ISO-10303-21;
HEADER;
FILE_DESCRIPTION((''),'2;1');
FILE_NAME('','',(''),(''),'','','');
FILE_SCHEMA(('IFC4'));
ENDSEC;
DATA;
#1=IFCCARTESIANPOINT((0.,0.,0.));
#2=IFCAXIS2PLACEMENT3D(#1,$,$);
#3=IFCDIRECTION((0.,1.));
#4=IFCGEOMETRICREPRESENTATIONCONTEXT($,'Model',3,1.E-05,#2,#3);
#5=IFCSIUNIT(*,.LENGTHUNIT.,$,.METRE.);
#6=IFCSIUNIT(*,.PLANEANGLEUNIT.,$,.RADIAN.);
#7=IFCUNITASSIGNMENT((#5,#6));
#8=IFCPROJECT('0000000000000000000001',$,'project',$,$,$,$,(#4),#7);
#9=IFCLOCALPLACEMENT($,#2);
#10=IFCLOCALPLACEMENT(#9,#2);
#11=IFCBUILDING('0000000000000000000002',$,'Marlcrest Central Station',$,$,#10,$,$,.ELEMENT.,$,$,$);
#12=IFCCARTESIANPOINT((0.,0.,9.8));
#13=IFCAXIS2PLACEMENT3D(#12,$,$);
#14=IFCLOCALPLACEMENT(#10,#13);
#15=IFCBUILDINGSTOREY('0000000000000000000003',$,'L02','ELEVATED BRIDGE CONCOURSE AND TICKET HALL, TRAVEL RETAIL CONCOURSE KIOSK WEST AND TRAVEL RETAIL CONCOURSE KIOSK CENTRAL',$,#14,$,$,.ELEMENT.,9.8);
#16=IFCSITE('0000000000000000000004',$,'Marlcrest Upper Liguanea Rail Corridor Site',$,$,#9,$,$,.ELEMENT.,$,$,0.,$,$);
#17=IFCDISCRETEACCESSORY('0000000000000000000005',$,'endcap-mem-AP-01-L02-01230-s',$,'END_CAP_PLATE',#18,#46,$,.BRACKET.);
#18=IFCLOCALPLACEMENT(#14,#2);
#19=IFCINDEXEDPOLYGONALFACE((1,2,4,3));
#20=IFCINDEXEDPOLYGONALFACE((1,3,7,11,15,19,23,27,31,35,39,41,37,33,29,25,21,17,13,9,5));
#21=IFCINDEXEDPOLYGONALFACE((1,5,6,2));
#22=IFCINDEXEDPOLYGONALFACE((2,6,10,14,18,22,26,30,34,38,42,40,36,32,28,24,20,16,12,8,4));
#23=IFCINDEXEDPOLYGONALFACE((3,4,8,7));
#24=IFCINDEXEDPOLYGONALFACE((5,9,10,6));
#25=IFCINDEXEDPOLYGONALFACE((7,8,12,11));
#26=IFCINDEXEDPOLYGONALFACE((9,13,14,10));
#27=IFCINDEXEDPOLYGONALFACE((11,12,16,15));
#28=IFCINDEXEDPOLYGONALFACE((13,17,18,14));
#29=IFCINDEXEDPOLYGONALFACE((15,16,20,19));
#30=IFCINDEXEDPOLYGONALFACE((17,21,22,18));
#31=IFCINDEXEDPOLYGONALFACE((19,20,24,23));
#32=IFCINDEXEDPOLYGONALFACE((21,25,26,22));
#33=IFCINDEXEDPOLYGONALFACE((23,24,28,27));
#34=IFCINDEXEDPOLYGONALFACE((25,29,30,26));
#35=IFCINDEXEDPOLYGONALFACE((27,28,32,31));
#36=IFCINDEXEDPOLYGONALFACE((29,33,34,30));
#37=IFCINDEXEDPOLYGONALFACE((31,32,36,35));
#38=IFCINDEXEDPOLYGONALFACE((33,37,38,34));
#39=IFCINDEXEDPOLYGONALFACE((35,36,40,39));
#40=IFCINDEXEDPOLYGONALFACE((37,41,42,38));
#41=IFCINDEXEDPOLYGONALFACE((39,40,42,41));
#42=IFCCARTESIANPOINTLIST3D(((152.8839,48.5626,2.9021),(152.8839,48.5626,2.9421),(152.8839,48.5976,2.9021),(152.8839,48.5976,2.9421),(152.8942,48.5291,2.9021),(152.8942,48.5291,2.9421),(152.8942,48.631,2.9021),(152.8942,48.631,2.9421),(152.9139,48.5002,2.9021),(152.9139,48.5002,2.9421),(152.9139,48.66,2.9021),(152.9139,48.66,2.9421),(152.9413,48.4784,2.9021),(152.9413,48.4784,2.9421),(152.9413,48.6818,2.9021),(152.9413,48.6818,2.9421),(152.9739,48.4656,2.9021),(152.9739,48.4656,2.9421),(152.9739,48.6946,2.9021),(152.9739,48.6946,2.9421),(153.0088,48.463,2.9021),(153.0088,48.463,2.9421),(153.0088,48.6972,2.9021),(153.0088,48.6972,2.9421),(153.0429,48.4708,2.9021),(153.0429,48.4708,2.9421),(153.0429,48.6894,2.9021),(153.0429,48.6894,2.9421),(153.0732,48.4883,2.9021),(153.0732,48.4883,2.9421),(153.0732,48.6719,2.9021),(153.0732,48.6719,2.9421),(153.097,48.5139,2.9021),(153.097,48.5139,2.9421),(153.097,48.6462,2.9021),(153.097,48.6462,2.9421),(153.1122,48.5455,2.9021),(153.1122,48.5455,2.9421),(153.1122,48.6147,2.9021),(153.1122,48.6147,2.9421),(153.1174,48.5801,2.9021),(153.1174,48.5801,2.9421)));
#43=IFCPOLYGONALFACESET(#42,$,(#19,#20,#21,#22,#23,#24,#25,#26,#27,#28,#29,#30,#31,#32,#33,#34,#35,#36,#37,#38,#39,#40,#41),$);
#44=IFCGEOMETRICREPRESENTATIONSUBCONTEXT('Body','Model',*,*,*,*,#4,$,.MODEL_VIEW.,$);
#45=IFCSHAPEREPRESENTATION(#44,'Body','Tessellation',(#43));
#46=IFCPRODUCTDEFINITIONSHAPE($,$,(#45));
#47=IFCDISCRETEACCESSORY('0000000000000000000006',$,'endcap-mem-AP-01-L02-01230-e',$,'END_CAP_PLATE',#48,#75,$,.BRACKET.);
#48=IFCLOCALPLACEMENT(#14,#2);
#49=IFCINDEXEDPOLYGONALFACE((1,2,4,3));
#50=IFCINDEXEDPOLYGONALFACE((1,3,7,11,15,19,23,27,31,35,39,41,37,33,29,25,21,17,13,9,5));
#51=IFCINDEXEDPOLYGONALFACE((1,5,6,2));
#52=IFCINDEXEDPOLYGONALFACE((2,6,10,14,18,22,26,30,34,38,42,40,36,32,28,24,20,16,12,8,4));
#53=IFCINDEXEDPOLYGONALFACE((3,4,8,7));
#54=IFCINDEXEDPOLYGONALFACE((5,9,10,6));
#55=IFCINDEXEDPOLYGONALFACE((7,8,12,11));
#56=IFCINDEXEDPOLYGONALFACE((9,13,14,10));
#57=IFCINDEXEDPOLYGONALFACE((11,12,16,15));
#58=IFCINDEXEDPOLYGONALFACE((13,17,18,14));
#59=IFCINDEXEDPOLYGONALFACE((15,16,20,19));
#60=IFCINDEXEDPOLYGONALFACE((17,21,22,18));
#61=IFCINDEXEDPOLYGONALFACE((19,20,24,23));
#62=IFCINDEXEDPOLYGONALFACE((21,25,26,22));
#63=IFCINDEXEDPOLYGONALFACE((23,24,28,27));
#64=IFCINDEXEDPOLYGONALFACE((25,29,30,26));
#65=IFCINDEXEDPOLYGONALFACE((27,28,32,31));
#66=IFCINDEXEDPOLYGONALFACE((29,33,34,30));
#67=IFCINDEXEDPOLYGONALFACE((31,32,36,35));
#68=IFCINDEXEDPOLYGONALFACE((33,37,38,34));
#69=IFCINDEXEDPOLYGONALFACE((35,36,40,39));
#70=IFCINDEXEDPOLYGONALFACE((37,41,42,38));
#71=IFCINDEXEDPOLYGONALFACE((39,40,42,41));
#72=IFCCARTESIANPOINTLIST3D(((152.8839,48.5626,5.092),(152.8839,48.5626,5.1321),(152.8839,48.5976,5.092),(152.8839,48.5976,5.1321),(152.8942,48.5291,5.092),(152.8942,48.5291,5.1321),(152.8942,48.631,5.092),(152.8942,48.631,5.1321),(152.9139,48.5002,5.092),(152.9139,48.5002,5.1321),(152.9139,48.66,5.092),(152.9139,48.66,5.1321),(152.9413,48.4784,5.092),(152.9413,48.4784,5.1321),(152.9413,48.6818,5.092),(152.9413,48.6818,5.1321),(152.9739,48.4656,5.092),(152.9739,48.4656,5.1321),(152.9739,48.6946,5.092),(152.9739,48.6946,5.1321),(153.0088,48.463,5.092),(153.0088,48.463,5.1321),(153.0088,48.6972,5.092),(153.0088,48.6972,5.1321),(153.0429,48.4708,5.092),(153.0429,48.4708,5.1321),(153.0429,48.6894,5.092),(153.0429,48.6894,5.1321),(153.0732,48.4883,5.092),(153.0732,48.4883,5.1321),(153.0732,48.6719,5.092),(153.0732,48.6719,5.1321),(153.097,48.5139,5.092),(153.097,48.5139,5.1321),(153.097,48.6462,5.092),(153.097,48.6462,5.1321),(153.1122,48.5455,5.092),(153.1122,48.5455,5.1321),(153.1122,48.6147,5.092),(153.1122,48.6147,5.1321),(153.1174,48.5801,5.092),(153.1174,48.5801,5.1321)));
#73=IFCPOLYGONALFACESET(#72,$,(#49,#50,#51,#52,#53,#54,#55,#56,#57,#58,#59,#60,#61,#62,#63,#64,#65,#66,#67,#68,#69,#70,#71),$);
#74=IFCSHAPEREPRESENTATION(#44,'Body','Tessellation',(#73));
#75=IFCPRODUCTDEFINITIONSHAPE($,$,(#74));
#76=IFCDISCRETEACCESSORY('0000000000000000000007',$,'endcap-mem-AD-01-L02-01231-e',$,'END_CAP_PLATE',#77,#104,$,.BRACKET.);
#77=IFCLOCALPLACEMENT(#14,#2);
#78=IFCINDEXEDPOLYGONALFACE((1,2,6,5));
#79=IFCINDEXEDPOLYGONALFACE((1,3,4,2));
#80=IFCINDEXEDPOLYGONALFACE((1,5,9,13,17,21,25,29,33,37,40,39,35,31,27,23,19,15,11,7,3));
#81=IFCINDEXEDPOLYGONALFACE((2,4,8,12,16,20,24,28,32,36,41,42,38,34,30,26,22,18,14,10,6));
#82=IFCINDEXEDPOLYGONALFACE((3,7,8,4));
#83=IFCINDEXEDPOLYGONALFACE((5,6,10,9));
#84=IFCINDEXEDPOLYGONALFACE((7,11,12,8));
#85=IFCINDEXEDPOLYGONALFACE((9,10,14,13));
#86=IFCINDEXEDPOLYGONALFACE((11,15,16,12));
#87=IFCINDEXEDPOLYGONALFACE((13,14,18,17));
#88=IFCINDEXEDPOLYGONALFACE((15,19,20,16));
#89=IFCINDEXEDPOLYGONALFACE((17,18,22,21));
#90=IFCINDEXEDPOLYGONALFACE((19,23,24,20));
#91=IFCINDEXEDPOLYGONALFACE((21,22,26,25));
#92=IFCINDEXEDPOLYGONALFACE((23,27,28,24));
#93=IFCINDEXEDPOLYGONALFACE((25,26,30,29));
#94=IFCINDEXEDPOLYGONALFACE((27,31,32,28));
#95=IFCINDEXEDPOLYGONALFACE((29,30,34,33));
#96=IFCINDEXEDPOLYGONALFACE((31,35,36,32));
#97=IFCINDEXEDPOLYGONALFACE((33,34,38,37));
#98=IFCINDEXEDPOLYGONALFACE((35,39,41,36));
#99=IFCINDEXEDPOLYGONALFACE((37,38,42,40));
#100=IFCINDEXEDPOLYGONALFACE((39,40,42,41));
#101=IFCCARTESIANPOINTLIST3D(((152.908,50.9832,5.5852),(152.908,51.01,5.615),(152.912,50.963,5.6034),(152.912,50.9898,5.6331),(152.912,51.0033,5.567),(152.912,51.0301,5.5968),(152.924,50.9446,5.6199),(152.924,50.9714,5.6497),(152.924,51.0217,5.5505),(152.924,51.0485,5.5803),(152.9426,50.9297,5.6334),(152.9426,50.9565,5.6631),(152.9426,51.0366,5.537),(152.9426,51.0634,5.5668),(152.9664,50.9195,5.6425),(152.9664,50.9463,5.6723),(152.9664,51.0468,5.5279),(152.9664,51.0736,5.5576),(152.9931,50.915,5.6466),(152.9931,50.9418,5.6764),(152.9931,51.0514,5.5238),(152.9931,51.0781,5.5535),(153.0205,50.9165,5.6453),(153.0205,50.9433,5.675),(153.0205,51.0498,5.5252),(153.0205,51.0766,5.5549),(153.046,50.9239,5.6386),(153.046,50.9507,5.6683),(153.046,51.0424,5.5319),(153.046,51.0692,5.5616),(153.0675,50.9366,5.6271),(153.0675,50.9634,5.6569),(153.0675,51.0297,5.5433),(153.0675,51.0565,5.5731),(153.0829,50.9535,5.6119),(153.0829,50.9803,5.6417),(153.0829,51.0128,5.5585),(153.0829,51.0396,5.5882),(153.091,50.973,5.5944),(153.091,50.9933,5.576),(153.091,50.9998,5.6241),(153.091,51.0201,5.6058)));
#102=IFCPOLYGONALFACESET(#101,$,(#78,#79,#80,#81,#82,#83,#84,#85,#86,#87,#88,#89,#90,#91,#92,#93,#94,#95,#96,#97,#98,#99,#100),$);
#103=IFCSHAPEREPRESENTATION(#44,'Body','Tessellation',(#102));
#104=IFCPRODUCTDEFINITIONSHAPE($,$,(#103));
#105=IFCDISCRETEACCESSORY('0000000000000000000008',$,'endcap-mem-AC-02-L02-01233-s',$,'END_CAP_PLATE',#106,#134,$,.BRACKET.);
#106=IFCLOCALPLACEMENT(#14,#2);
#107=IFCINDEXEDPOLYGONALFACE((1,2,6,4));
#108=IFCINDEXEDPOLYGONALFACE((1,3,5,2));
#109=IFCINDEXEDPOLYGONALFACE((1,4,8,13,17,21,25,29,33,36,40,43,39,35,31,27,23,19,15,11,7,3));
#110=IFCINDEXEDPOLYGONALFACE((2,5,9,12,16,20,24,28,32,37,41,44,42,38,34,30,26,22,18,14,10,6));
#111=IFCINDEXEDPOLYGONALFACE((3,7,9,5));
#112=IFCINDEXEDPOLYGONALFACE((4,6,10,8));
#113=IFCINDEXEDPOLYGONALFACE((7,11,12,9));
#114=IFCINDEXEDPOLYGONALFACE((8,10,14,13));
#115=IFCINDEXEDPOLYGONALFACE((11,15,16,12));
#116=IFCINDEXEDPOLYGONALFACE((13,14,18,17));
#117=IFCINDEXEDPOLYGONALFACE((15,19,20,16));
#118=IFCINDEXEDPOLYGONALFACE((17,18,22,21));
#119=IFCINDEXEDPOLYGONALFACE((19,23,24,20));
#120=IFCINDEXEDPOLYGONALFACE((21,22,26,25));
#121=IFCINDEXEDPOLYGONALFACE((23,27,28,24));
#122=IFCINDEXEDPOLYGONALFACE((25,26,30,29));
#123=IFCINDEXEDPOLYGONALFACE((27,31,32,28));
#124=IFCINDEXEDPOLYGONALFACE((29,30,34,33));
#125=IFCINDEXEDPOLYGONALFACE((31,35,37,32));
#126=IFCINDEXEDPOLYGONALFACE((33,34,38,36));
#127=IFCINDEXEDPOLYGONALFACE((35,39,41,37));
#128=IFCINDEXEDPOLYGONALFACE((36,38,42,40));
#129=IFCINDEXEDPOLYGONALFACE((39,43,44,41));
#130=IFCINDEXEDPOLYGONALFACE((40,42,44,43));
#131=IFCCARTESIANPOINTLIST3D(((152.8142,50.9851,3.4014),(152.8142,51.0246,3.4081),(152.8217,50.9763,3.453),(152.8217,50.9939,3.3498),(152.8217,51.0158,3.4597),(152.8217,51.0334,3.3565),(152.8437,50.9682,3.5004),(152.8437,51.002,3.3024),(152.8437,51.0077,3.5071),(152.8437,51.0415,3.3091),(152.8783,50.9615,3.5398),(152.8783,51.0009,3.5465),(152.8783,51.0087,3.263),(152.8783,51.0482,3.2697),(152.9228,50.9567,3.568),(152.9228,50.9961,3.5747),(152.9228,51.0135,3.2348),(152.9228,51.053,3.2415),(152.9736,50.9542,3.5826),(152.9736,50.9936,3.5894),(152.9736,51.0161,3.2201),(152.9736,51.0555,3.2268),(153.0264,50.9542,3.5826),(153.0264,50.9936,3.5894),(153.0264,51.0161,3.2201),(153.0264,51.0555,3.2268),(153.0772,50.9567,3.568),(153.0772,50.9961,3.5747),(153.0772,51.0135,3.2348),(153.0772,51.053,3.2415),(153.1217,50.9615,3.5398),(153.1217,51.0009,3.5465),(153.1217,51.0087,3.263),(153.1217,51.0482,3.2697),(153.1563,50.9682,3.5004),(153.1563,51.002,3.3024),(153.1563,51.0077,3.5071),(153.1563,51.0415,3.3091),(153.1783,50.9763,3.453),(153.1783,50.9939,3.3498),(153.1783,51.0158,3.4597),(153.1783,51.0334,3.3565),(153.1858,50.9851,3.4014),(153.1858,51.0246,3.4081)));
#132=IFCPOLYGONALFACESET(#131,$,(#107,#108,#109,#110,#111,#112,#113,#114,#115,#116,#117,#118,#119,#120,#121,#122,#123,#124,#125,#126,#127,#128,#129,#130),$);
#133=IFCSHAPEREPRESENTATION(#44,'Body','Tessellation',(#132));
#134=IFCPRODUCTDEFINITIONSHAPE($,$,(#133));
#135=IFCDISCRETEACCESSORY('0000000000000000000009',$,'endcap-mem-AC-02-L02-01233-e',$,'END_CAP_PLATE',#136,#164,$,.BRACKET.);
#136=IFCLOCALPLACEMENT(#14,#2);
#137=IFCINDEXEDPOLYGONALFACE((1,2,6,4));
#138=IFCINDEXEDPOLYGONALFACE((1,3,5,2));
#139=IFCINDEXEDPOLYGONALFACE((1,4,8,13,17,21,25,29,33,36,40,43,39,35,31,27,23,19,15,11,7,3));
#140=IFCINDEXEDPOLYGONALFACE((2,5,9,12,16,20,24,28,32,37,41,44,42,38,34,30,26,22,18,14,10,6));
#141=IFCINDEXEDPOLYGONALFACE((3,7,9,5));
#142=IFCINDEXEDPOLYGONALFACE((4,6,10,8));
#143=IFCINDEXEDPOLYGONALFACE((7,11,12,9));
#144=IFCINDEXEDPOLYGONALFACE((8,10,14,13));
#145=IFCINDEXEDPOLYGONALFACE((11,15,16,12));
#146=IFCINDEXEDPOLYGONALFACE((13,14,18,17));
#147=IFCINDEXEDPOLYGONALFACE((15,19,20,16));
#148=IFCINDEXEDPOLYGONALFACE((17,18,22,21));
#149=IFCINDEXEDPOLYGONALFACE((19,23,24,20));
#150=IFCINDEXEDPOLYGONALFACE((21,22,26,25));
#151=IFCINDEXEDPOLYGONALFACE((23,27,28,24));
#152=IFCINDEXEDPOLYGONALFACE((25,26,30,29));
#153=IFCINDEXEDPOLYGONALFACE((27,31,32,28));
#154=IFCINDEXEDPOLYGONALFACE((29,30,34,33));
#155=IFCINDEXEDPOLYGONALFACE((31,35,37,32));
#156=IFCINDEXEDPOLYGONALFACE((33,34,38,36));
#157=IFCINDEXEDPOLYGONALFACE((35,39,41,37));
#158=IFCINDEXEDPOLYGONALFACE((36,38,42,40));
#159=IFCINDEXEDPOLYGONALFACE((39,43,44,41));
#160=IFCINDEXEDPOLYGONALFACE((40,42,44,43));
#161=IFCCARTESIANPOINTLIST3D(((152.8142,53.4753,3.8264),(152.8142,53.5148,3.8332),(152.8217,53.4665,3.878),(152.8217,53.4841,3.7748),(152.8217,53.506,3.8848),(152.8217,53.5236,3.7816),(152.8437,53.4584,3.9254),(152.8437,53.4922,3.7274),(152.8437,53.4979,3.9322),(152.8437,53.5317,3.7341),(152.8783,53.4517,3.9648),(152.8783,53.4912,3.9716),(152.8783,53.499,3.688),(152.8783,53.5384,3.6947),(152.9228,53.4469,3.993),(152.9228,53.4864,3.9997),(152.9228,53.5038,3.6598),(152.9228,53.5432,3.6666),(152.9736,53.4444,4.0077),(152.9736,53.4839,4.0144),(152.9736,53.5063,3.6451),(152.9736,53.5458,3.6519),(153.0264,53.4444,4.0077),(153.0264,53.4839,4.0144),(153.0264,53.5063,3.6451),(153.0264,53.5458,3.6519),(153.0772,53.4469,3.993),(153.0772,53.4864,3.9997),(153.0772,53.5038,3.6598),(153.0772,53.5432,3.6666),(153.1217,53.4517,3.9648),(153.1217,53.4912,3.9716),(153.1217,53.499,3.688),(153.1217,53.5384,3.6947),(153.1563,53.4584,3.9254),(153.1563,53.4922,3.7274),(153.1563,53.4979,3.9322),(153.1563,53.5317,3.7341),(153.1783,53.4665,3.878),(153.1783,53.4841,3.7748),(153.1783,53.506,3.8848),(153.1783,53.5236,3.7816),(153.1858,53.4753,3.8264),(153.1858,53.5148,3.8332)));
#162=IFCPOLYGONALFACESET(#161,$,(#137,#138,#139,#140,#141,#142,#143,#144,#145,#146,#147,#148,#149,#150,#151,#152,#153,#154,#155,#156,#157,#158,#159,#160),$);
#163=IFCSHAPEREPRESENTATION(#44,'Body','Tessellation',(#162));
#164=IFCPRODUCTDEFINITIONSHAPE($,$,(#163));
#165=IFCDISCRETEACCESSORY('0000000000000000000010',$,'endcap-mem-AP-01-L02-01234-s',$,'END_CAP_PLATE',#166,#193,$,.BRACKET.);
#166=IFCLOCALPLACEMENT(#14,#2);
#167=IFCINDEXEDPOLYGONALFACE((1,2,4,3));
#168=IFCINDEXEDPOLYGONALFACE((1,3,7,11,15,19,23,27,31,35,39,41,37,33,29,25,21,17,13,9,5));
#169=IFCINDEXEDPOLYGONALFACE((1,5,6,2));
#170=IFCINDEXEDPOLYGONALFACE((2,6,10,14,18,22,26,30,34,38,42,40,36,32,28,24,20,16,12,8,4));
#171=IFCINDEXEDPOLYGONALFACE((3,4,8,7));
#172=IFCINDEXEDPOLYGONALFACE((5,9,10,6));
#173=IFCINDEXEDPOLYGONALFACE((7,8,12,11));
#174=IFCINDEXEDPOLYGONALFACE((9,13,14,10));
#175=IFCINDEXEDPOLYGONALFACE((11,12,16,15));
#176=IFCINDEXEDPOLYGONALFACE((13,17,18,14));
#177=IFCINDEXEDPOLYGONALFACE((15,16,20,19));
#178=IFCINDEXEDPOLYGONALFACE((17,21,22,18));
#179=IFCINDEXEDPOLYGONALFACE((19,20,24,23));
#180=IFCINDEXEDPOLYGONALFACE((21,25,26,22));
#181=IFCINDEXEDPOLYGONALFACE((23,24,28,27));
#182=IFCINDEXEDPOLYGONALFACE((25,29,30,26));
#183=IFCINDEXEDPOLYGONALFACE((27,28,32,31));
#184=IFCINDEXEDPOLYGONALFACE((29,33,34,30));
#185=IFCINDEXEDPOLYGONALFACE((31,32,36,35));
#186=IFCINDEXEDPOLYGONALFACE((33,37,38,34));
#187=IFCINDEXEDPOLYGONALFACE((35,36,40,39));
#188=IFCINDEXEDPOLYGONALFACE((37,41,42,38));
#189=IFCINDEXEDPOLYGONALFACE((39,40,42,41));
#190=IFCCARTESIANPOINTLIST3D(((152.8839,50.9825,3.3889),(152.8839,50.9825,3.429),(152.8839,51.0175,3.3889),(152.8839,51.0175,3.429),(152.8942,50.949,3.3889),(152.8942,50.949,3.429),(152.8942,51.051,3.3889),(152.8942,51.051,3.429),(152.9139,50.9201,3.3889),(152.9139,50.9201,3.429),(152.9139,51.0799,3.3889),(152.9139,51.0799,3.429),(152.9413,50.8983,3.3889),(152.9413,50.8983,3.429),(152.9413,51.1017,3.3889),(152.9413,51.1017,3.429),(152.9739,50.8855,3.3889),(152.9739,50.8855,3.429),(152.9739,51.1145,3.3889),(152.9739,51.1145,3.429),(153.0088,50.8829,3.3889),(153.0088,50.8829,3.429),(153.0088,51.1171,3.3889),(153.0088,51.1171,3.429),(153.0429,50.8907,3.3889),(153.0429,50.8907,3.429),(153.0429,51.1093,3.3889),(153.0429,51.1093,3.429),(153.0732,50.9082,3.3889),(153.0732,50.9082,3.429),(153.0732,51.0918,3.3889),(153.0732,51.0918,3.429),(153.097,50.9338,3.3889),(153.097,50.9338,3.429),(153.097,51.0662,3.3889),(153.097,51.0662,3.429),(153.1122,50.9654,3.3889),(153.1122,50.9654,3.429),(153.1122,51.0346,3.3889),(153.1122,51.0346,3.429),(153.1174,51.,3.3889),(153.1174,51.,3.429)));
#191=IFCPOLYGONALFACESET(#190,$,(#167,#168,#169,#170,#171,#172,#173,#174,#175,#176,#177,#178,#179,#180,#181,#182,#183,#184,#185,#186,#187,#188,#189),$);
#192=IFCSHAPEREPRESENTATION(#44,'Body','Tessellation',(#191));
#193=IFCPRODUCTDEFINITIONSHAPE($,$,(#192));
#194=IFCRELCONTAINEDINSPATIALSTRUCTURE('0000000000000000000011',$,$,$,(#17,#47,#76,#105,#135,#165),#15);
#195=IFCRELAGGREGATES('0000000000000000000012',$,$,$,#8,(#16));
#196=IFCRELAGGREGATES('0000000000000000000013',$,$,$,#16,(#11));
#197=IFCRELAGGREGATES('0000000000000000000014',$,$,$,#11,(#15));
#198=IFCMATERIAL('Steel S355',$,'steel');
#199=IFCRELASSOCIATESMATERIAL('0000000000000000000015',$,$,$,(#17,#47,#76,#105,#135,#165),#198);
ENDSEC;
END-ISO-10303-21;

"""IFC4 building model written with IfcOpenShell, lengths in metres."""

from ifc_helpers import new_model, si_unit, direction, frame, origin, origin_2d, place, context, subcontext, project, spatial, circle, extrude, material, element, save


model = new_model("IFC4")

# Units and contexts
model_context = context("Model", 3, precision=1e-05, world=origin(), true_north=direction((0.0, 1.0)))
body_context = subcontext(model_context, "Body", "Model", "MODEL_VIEW")
ifc_project = project(units=[si_unit("LENGTHUNIT", "METRE"), si_unit("PLANEANGLEUNIT", "RADIAN")], contexts=[model_context])

# Site, building, storey
site_placement = place(None, origin())
site = spatial("IfcSite", under=ifc_project, at=site_placement, Name="Marlcrest Upper Liguanea Rail Corridor Site", CompositionType="ELEMENT", RefElevation=0.0)
building_placement = place(site_placement, origin())
building = spatial("IfcBuilding", under=site, at=building_placement, Name="Marlcrest Central Station", CompositionType="ELEMENT")
storey_placement = place(building_placement, frame((0.0, 0.0, 9.8)))
storey = spatial("IfcBuildingStorey", under=building, at=storey_placement, Name="L02", Description="ELEVATED BRIDGE CONCOURSE AND TICKET HALL, TRAVEL RETAIL CONCOURSE KIOSK WEST AND TRAVEL RETAIL CONCOURSE KIOSK CENTRAL", CompositionType="ELEMENT", Elevation=9.8)

# Shared definitions
ifc_material = material(Name="Steel S355", Category="steel")

# Discrete accessories
for number, where, z_axis, x_axis, name in (
    (1, (153.0, 48.5801, 2.9021), (0.0, 0.0, 1.0), (1.0, 0.0, 0.0), "endcap-mem-AP-01-L02-01230-s"),
    (2, (153.0, 48.5801, 5.092), (0.0, 0.0, 1.0), (1.0, 0.0, 0.0), "endcap-mem-AP-01-L02-01230-e"),
):
    element("IfcDiscreteAccessory", number, at=place(storey_placement, frame(where, z_axis=z_axis, x_axis=x_axis)), inside=storey, material=ifc_material, Name=name, ObjectType="END_CAP_PLATE", PredefinedType="BRACKET", context=body_context, shape_type="SweptSolid", body=[
        extrude(circle(Radius=0.1174, at=origin_2d()), origin(), (0.0, 0.0, 1.0), 0.04),
    ])
discrete_accessory_1_placement = place(storey_placement, frame((153.0, 50.9832, 5.5852), z_axis=(0.0, 0.669244, 0.743042), x_axis=(-1.0, 0.0, 0.0)))
element("IfcDiscreteAccessory", 3, at=discrete_accessory_1_placement, inside=storey, material=ifc_material, Name="endcap-mem-AD-01-L02-01231-e", ObjectType="END_CAP_PLATE", PredefinedType="BRACKET", context=body_context, shape_type="SweptSolid", body=[
    extrude(circle(Radius=0.092, at=origin_2d()), origin(), (0.0, 0.0, 1.0), 0.04),
])
for number, where, z_axis, x_axis, name in (
    (4, (153.0, 50.9851, 3.4014), (0.0, 0.985741, 0.168269), (-1.0, 0.0, 0.0), "endcap-mem-AC-02-L02-01233-s"),
    (5, (153.0, 53.4753, 3.8264), (0.0, 0.985741, 0.168269), (-1.0, 0.0, 0.0), "endcap-mem-AC-02-L02-01233-e"),
):
    element("IfcDiscreteAccessory", number, at=place(storey_placement, frame(where, z_axis=z_axis, x_axis=x_axis)), inside=storey, material=ifc_material, Name=name, ObjectType="END_CAP_PLATE", PredefinedType="BRACKET", context=body_context, shape_type="SweptSolid", body=[
        extrude(circle(Radius=0.1858, at=origin_2d()), origin(), (0.0, 0.0, 1.0), 0.04),
    ])
for number, where, z_axis, x_axis, name in (
    (6, (153.0, 51.0, 3.3889), (0.0, 0.0, 1.0), (1.0, 0.0, 0.0), "endcap-mem-AP-01-L02-01234-s"),
):
    element("IfcDiscreteAccessory", number, at=place(storey_placement, frame(where, z_axis=z_axis, x_axis=x_axis)), inside=storey, material=ifc_material, Name=name, ObjectType="END_CAP_PLATE", PredefinedType="BRACKET", context=body_context, shape_type="SweptSolid", body=[
        extrude(circle(Radius=0.1174, at=origin_2d()), origin(), (0.0, 0.0, 1.0), 0.04),
    ])

save(model, "model.ifc")
